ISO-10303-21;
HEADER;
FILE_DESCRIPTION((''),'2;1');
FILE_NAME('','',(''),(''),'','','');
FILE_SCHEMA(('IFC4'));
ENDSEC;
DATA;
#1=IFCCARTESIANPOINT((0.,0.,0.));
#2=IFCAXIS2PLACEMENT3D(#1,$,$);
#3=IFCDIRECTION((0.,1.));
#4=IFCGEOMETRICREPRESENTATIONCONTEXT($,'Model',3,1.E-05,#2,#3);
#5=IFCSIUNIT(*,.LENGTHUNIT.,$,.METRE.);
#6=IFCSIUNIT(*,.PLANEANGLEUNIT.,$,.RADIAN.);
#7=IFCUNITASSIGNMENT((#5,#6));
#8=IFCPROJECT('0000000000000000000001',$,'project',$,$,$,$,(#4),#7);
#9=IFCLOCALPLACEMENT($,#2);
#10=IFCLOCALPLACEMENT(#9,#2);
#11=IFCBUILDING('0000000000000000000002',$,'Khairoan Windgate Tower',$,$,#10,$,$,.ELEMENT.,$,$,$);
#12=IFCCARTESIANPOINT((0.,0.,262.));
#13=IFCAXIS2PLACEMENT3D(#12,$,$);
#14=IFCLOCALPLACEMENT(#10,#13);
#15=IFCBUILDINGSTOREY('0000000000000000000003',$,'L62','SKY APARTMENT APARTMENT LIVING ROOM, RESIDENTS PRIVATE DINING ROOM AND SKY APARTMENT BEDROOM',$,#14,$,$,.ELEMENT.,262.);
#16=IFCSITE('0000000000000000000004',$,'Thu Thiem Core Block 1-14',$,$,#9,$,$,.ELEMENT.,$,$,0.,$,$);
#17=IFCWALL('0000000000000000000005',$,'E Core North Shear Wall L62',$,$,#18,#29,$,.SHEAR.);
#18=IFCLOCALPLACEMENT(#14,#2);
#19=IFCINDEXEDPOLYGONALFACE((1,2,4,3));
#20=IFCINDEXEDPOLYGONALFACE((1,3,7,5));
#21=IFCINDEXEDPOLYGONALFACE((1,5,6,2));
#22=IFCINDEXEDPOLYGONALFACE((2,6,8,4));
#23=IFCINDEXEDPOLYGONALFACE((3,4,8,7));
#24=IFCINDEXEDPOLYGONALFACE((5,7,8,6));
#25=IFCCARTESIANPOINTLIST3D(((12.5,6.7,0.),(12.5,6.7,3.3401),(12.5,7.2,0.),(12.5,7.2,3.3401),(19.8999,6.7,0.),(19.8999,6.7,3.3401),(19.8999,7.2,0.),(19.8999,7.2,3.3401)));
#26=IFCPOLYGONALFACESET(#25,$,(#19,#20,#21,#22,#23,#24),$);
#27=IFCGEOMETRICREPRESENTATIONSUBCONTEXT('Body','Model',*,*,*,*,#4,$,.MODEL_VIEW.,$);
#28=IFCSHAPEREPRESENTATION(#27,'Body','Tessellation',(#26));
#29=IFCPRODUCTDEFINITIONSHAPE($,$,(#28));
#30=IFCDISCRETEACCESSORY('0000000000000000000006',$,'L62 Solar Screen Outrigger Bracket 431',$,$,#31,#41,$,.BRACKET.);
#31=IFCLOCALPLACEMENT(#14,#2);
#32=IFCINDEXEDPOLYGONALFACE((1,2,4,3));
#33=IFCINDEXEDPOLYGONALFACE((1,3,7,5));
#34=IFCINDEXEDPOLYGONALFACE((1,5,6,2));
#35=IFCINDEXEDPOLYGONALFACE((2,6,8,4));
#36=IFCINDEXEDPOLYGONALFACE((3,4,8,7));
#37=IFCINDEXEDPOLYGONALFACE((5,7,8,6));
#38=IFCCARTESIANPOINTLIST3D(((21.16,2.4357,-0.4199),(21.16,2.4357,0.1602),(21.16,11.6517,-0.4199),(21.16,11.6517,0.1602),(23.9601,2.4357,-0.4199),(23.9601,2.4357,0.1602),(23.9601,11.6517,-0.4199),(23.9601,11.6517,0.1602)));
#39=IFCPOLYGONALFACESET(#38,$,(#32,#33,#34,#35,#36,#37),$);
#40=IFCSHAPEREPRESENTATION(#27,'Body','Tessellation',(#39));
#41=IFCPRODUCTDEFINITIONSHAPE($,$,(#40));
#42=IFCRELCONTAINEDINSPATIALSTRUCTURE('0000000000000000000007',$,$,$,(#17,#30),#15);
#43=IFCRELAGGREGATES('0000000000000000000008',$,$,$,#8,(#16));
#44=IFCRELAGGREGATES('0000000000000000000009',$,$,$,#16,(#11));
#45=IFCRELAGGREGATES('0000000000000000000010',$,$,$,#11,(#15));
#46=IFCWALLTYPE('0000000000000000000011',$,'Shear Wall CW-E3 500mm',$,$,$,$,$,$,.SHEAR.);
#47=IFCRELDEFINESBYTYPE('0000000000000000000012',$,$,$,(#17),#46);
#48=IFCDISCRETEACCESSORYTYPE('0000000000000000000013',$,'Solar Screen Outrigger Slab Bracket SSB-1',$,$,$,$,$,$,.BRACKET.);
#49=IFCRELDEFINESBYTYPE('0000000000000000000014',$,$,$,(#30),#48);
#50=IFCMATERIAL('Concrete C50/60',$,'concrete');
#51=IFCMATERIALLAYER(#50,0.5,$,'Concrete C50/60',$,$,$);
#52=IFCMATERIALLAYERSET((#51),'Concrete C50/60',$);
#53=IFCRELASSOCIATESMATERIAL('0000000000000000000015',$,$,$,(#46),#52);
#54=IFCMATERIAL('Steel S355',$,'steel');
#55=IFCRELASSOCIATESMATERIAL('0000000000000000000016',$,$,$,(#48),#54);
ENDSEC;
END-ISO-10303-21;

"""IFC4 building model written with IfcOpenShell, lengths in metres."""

from ifc_helpers import new_model, si_unit, direction, frame, frame_2d, origin, origin_2d, place, context, subcontext, project, spatial, rectangle, extrude, material, layer, layer_set, type_object, element, save


model = new_model("IFC4")

# Units and contexts
model_context = context("Model", 3, precision=1e-05, world=origin(), true_north=direction((0.0, 1.0)))
body_context = subcontext(model_context, "Body", "Model", "MODEL_VIEW")
ifc_project = project(units=[si_unit("LENGTHUNIT", "METRE"), si_unit("PLANEANGLEUNIT", "RADIAN")], contexts=[model_context])

# Site, building, storey
site_placement = place(None, origin())
site = spatial("IfcSite", under=ifc_project, at=site_placement, Name="Thu Thiem Core Block 1-14", CompositionType="ELEMENT", RefElevation=0.0)
building_placement = place(site_placement, origin())
building = spatial("IfcBuilding", under=site, at=building_placement, Name="Khairoan Windgate Tower", CompositionType="ELEMENT")
storey_placement = place(building_placement, frame((0.0, 0.0, 262.0)))
storey = spatial("IfcBuildingStorey", under=building, at=storey_placement, Name="L62", Description="SKY APARTMENT APARTMENT LIVING ROOM, RESIDENTS PRIVATE DINING ROOM AND SKY APARTMENT BEDROOM", CompositionType="ELEMENT", Elevation=262.0)

# Wall
ifc_material_1 = material(Name="Concrete C50/60", Category="concrete")
ifc_layer_1 = layer(ifc_material_1, 0.5, Name="Concrete C50/60")
ifc_layer_set_1 = layer_set([ifc_layer_1], Name="Concrete C50/60")
wall_type_1 = type_object("IfcWallType", Name="Shear Wall CW-E3 500mm", PredefinedType="SHEAR", material=ifc_layer_set_1)
wall_1_placement = place(storey_placement, frame((12.5, 6.95, 0.0), z_axis=(0.0, 0.0, 1.0), x_axis=(1.0, 0.0, 0.0)))
element("IfcWall", 1, at=wall_1_placement, inside=storey, type_object=wall_type_1, Name="E Core North Shear Wall L62", PredefinedType="SHEAR", context=body_context, shape_type="SweptSolid", body=[
    extrude(rectangle(XDim=7.3999, YDim=0.5, at=frame_2d((3.7, 0.0))), origin(), (0.0, 0.0, 1.0), 3.3401),
])

# Discrete accessory
ifc_material_2 = material(Name="Steel S355", Category="steel")
discrete_accessory_type = type_object("IfcDiscreteAccessoryType", Name="Solar Screen Outrigger Slab Bracket SSB-1", PredefinedType="BRACKET", material=ifc_material_2)
discrete_accessory_placement = place(storey_placement, frame((22.5601, 7.0437, -0.4199), z_axis=(0.0, 0.0, 1.0), x_axis=(0.0, -1.0, 0.0)))
element("IfcDiscreteAccessory", 2, at=discrete_accessory_placement, inside=storey, type_object=discrete_accessory_type, Name="L62 Solar Screen Outrigger Bracket 431", PredefinedType="BRACKET", context=body_context, shape_type="SweptSolid", body=[
    extrude(rectangle(XDim=9.2161, YDim=2.8, at=origin_2d()), origin(), (0.0, 0.0, 1.0), 0.5801),
])

save(model, "model.ifc")
